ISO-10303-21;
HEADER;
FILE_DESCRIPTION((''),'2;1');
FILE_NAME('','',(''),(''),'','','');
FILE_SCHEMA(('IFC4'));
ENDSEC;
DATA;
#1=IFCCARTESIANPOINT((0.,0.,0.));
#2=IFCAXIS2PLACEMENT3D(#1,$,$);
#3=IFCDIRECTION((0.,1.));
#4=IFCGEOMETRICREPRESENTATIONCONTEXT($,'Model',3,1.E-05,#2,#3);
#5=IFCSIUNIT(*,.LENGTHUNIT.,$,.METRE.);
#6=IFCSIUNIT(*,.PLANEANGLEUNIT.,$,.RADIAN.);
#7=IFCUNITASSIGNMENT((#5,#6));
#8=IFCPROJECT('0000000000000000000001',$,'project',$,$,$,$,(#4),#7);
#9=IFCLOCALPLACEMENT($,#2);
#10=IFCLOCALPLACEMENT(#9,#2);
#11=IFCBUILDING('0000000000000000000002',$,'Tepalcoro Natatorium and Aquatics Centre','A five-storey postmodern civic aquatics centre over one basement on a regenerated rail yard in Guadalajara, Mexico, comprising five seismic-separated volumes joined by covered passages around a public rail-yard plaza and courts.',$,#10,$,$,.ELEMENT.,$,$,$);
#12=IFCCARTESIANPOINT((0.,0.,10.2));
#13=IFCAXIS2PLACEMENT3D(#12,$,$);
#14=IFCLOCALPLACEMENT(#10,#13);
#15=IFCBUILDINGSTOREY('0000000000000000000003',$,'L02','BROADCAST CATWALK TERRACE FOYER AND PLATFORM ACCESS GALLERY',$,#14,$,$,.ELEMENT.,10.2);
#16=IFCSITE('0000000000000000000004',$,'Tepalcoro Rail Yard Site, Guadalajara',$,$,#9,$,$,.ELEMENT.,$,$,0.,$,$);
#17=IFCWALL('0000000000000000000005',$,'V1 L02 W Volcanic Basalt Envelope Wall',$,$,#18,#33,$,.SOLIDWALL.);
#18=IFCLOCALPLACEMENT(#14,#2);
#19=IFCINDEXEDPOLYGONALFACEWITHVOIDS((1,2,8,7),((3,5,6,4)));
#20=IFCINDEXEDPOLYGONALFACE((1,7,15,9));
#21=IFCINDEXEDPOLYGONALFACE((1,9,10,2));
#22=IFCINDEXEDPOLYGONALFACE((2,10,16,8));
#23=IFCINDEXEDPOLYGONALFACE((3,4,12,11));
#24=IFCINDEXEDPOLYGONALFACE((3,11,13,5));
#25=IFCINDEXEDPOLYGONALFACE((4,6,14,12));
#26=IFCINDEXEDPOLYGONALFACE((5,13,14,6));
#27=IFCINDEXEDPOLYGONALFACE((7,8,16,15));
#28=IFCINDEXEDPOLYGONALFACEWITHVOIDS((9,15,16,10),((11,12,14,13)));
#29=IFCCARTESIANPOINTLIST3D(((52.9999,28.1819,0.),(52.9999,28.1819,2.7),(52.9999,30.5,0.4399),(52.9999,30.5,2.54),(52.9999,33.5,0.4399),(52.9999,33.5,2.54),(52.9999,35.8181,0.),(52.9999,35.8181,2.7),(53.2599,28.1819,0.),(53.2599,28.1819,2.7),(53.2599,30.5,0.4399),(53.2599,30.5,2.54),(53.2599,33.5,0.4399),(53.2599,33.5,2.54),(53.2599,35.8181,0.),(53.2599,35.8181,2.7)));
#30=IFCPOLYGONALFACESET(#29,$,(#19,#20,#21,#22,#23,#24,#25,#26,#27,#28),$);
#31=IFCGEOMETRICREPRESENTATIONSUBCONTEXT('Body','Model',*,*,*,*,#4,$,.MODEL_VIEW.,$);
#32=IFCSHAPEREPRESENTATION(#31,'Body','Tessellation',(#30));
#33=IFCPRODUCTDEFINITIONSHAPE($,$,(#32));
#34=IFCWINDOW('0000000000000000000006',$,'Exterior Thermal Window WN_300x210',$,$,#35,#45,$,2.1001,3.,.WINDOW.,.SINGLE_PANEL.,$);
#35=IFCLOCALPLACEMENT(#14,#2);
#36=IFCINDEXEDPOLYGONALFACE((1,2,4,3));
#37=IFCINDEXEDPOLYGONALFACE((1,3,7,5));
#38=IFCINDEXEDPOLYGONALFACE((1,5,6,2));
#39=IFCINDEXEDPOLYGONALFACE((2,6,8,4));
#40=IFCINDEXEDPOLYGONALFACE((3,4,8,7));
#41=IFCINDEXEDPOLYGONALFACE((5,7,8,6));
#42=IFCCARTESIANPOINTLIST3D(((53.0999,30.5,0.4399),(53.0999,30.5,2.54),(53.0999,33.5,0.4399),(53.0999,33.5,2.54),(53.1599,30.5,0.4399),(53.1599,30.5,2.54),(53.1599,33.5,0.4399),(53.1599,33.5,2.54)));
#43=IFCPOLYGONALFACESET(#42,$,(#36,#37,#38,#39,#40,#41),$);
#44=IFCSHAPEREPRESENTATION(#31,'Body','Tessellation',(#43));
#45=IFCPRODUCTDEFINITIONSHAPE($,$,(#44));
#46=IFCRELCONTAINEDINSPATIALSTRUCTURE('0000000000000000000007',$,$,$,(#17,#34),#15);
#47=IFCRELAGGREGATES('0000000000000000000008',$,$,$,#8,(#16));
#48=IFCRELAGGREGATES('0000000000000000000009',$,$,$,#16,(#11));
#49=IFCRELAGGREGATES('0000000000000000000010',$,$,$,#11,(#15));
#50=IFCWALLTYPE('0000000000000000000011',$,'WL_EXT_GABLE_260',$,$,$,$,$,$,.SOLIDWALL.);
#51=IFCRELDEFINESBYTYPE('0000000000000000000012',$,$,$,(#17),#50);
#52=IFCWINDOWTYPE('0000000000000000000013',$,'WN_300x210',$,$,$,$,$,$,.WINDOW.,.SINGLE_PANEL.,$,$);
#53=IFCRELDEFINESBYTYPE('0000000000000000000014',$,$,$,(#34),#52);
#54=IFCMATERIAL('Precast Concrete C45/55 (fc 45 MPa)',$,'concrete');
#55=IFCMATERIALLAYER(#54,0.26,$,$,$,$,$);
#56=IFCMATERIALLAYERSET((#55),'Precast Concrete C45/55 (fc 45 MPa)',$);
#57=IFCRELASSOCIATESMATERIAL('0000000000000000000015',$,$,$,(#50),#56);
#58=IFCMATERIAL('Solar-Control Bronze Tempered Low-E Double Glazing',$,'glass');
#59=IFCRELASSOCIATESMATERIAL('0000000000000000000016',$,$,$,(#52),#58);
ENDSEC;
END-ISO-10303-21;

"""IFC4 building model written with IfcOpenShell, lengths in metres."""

from ifc_helpers import new_model, si_unit, direction, frame, frame_2d, origin, place, context, subcontext, project, spatial, rectangle, extrude, material, layer, layer_set, type_object, element, fill, save


model = new_model("IFC4")

# Units and contexts
model_context = context("Model", 3, precision=1e-05, world=origin(), true_north=direction((0.0, 1.0)))
body_context = subcontext(model_context, "Body", "Model", "MODEL_VIEW")
ifc_project = project(units=[si_unit("LENGTHUNIT", "METRE"), si_unit("PLANEANGLEUNIT", "RADIAN")], contexts=[model_context])

# Site, building, storey
site_placement = place(None, origin())
site = spatial("IfcSite", under=ifc_project, at=site_placement, Name="Tepalcoro Rail Yard Site, Guadalajara", CompositionType="ELEMENT", RefElevation=0.0)
building_placement = place(site_placement, origin())
building = spatial("IfcBuilding", under=site, at=building_placement, Name="Tepalcoro Natatorium and Aquatics Centre", Description="A five-storey postmodern civic aquatics centre over one basement on a regenerated rail yard in Guadalajara, Mexico, comprising five seismic-separated volumes joined by covered passages around a public rail-yard plaza and courts.", CompositionType="ELEMENT")
storey_placement = place(building_placement, frame((0.0, 0.0, 10.2)))
storey = spatial("IfcBuildingStorey", under=building, at=storey_placement, Name="L02", Description="BROADCAST CATWALK TERRACE FOYER AND PLATFORM ACCESS GALLERY", CompositionType="ELEMENT", Elevation=10.2)

# Shared definitions
ifc_material_1 = material(Name="Solar-Control Bronze Tempered Low-E Double Glazing", Category="glass")

# Wall, opening, window
ifc_material_2 = material(Name="Precast Concrete C45/55 (fc 45 MPa)", Category="concrete")
ifc_layer_1 = layer(ifc_material_2, 0.26)
ifc_layer_set_1 = layer_set([ifc_layer_1], Name="Precast Concrete C45/55 (fc 45 MPa)")
wall_type = type_object("IfcWallType", Name="WL_EXT_GABLE_260", PredefinedType="SOLIDWALL", material=ifc_layer_set_1)
wall_placement = place(storey_placement, frame((53.1299, 28.1819, 0.0), z_axis=(0.0, 0.0, 1.0), x_axis=(0.0, 1.0, 0.0)))
wall = element("IfcWall", 1, at=wall_placement, inside=storey, type_object=wall_type, Name="V1 L02 W Volcanic Basalt Envelope Wall", PredefinedType="SOLIDWALL", context=body_context, shape_type="SweptSolid", body=[
    extrude(rectangle(XDim=7.6362, YDim=0.26, at=frame_2d((3.8181, 0.0))), origin(), (0.0, 0.0, 1.0), 2.7),
])
opening_placement = place(wall_placement, frame((2.3181, 0.0, 0.4399)))
opening = element("IfcOpeningElement", 2, at=opening_placement, cuts=wall, PredefinedType="OPENING", context=body_context, shape_type="SweptSolid", body=[
    extrude(rectangle(XDim=3.0, YDim=2.1001, at=frame_2d((1.5, 1.05))), frame((0.0, 0.1421, 0.0), z_axis=(0.0, -1.0, 0.0), x_axis=(1.0, 0.0, 0.0)), (0.0, 0.0, 1.0), 0.2839),
])
window_type = type_object("IfcWindowType", Name="WN_300x210", PartitioningType="SINGLE_PANEL", PredefinedType="WINDOW", material=ifc_material_1)
window_placement = place(opening_placement, origin())
window = element("IfcWindow", 3, at=window_placement, inside=storey, type_object=window_type, Name="Exterior Thermal Window WN_300x210", OverallHeight=2.1001, OverallWidth=3.0, PartitioningType="SINGLE_PANEL", PredefinedType="WINDOW", context=body_context, shape_type="SweptSolid", body=[
    extrude(rectangle(XDim=3.0, YDim=2.1001, at=frame_2d((1.5, 1.05))), frame((0.0, 0.03, 0.0), z_axis=(0.0, -1.0, 0.0), x_axis=(1.0, 0.0, 0.0)), (0.0, 0.0, 1.0), 0.0601),
])
fill(opening, window)

save(model, "model.ifc")
